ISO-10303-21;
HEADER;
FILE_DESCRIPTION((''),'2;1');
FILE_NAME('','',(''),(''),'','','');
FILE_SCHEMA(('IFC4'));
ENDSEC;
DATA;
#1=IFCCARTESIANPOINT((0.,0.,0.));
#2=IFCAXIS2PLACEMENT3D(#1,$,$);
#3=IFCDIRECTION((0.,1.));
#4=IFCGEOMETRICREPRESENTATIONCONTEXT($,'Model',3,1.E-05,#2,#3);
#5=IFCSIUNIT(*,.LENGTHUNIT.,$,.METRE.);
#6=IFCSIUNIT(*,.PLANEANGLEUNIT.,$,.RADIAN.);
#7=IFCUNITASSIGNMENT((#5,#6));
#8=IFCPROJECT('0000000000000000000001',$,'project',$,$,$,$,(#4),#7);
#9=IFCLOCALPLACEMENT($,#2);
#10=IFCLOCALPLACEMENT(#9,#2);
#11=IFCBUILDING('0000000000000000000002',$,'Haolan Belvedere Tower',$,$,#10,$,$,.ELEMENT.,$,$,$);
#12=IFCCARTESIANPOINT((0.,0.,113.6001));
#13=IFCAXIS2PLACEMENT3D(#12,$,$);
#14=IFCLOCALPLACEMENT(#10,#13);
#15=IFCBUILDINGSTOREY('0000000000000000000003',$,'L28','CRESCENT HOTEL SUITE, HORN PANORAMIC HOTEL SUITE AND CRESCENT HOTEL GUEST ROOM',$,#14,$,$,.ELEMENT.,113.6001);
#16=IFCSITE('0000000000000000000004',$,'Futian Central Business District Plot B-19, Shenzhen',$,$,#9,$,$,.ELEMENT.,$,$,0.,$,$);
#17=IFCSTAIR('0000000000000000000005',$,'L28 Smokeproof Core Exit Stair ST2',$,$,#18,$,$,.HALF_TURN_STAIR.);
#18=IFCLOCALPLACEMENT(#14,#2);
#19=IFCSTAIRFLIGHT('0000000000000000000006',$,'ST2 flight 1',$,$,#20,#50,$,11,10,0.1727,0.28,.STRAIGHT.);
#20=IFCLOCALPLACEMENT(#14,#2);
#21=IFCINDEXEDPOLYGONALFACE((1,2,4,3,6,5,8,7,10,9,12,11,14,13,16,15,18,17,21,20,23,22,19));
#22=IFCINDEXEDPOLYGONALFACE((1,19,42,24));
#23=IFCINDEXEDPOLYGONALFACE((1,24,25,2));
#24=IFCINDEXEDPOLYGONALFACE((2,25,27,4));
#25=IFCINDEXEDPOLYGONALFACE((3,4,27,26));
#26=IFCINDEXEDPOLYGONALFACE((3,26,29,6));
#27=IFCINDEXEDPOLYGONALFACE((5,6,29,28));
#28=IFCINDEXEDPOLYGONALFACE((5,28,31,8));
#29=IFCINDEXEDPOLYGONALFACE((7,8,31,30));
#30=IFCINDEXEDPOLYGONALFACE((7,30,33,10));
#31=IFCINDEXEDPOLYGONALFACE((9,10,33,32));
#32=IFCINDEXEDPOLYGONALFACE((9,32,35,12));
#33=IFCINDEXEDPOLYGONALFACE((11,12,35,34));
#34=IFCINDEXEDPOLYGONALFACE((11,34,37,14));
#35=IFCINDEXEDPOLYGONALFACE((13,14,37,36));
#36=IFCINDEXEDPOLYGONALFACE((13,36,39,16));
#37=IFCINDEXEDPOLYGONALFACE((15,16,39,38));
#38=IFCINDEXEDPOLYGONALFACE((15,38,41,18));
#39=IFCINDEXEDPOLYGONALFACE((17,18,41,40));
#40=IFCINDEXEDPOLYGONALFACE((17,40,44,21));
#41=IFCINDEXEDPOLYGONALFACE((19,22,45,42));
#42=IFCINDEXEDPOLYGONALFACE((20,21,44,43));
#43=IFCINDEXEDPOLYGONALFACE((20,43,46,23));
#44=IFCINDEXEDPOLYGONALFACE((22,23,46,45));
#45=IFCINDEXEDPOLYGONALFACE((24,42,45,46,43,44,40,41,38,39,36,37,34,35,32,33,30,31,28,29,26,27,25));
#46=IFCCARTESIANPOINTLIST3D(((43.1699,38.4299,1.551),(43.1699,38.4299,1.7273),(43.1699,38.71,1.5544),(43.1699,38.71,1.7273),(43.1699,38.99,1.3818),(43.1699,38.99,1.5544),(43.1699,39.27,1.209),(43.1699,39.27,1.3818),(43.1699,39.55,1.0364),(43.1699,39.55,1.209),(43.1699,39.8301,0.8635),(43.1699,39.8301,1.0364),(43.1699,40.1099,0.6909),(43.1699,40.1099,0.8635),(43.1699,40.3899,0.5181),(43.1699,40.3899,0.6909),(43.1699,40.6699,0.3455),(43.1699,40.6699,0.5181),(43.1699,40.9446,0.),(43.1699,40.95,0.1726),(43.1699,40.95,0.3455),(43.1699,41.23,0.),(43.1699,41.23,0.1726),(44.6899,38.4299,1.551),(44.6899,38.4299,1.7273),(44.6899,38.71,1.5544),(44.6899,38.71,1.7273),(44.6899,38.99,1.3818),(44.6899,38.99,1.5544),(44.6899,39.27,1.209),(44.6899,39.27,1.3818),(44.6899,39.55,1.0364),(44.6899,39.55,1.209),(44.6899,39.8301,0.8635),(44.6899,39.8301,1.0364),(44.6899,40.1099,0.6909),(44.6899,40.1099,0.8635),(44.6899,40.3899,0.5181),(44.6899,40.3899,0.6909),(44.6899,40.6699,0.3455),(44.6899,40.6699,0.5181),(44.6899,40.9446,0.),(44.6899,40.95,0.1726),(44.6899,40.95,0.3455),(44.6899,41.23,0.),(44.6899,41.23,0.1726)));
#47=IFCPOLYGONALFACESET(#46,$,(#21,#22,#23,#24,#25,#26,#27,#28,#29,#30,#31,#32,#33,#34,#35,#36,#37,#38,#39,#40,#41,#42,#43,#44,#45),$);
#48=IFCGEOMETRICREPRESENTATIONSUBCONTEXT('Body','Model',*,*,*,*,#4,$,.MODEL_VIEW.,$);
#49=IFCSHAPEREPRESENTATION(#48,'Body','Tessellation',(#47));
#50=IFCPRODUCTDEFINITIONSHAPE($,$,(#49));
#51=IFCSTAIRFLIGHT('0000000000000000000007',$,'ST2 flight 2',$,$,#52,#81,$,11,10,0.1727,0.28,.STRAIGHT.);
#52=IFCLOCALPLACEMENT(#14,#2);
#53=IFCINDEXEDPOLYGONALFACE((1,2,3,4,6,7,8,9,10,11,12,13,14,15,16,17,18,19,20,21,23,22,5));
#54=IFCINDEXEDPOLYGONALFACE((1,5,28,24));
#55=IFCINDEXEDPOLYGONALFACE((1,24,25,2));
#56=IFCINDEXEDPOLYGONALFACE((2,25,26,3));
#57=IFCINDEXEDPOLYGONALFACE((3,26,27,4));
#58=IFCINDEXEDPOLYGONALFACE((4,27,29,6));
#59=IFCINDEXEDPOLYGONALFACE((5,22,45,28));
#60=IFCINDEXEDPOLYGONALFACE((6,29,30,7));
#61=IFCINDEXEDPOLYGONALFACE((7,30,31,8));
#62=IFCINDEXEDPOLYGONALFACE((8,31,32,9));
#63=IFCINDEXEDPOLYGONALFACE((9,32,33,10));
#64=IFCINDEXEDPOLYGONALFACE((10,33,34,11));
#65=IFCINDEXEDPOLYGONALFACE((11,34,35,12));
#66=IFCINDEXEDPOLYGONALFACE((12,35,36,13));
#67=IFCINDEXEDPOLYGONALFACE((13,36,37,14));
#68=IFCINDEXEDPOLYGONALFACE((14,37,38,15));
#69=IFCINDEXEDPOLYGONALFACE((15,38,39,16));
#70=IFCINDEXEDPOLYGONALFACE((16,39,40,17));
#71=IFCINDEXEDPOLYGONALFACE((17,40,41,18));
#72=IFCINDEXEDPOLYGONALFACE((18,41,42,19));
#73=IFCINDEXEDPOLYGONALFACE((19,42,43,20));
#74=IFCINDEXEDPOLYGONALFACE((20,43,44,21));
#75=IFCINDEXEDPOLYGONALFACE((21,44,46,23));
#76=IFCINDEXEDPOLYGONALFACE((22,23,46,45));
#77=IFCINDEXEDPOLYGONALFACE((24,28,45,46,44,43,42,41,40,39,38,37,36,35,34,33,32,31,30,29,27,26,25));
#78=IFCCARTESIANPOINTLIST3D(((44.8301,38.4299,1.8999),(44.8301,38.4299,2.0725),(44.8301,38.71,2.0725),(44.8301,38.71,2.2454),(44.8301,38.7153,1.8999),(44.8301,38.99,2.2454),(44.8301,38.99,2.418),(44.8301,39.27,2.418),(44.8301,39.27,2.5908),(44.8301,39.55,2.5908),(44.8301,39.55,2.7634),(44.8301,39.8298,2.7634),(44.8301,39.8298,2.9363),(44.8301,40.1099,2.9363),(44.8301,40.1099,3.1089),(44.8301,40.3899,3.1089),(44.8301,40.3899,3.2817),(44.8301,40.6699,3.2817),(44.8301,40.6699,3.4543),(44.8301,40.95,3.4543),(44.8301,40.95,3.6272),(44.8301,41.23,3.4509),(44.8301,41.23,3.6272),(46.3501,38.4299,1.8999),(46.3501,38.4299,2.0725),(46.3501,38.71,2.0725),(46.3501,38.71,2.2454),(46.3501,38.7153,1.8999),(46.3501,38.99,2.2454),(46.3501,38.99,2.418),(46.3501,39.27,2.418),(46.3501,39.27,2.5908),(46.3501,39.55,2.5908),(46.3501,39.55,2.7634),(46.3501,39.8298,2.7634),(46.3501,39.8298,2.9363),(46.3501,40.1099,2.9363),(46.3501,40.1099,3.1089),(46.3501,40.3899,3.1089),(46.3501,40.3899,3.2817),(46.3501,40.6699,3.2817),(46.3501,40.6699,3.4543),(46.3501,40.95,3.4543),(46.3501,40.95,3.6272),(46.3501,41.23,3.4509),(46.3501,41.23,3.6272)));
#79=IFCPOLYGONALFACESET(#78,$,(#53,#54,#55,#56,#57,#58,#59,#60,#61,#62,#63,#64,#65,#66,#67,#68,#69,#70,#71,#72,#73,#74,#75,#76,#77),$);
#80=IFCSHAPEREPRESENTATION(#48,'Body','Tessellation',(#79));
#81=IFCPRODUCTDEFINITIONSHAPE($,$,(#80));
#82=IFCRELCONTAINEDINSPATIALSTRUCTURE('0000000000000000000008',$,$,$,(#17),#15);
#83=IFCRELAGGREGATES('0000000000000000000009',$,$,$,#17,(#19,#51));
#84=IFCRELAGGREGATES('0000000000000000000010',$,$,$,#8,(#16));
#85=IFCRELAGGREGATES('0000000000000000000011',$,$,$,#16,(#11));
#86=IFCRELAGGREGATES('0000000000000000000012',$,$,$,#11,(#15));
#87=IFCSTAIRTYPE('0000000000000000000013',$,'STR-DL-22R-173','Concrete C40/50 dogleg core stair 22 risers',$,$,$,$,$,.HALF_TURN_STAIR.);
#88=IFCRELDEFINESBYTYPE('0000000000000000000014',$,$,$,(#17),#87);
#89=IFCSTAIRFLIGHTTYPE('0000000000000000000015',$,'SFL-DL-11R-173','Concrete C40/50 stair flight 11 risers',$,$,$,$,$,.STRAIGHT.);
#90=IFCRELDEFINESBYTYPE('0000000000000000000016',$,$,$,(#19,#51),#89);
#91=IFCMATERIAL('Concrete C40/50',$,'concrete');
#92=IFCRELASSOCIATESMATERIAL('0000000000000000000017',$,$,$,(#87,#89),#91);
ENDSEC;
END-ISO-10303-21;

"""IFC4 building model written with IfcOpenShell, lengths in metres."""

from ifc_helpers import new_model, si_unit, direction, frame, origin, place, context, subcontext, project, spatial, polyline, outline, extrude, material, type_object, element, aggregate, save


model = new_model("IFC4")

# Units and contexts
model_context = context("Model", 3, precision=1e-05, world=origin(), true_north=direction((0.0, 1.0)))
body_context = subcontext(model_context, "Body", "Model", "MODEL_VIEW")
ifc_project = project(units=[si_unit("LENGTHUNIT", "METRE"), si_unit("PLANEANGLEUNIT", "RADIAN")], contexts=[model_context])

# Site, building, storey
site_placement = place(None, origin())
site = spatial("IfcSite", under=ifc_project, at=site_placement, Name="Futian Central Business District Plot B-19, Shenzhen", CompositionType="ELEMENT", RefElevation=0.0)
building_placement = place(site_placement, origin())
building = spatial("IfcBuilding", under=site, at=building_placement, Name="Haolan Belvedere Tower", CompositionType="ELEMENT")
storey_placement = place(building_placement, frame((0.0, 0.0, 113.6001)))
storey = spatial("IfcBuildingStorey", under=building, at=storey_placement, Name="L28", Description="CRESCENT HOTEL SUITE, HORN PANORAMIC HOTEL SUITE AND CRESCENT HOTEL GUEST ROOM", CompositionType="ELEMENT", Elevation=113.6001)

# Stair, stair flights
ifc_material_1 = material(Name="Concrete C40/50", Category="concrete")
stair_type = type_object("IfcStairType", Name="STR-DL-22R-173", Description="Concrete C40/50 dogleg core stair 22 risers", PredefinedType="HALF_TURN_STAIR", material=ifc_material_1)
stair_flight_type = type_object("IfcStairFlightType", Name="SFL-DL-11R-173", Description="Concrete C40/50 stair flight 11 risers", PredefinedType="STRAIGHT", material=ifc_material_1)
stair_1_placement = place(storey_placement, origin())
stair_1 = element("IfcStair", 1, at=stair_1_placement, inside=storey, type_object=stair_type, Name="L28 Smokeproof Core Exit Stair ST2", PredefinedType="HALF_TURN_STAIR")
stair_flight_1_placement = place(storey_placement, frame((43.9299, 41.23, 0.0), z_axis=(0.0, 0.0, 1.0), x_axis=(0.0, -1.0, 0.0)))
stair_flight_1 = element("IfcStairFlight", 2, at=stair_flight_1_placement, type_object=stair_flight_type, Name="ST2 flight 1", NumberOfRisers=11, NumberOfTreads=10, PredefinedType="STRAIGHT", RiserHeight=0.1727, TreadLength=0.28, context=body_context, shape_type="SweptSolid", body=[
    extrude(outline(polyline([(0.0, 0.0), (0.0, 0.1726), (0.28, 0.1726), (0.28, 0.3455), (0.5601, 0.3455), (0.5601, 0.5181), (0.8401, 0.5181), (0.8401, 0.6909), (1.1201, 0.6909), (1.1201, 0.8635), (1.3999, 0.8635), (1.3999, 1.0364), (1.6799, 1.0364), (1.6799, 1.209), (1.96, 1.209), (1.96, 1.3818), (2.24, 1.3818), (2.24, 1.5544), (2.52, 1.5544), (2.52, 1.7273), (2.8, 1.7273), (2.8, 1.8999), (2.8, 1.551), (0.2854, 0.0), (0.0, 0.0)])), frame((0.0, 0.76, 0.0), z_axis=(0.0, -1.0, 0.0), x_axis=(1.0, 0.0, 0.0)), (0.0, 0.0, 1.0), 1.52),
])
stair_flight_2_placement = place(storey_placement, frame((45.5901, 38.4299, 1.8999), z_axis=(0.0, 0.0, 1.0), x_axis=(0.0, 1.0, 0.0)))
stair_flight_2 = element("IfcStairFlight", 3, at=stair_flight_2_placement, type_object=stair_flight_type, Name="ST2 flight 2", NumberOfRisers=11, NumberOfTreads=10, PredefinedType="STRAIGHT", RiserHeight=0.1727, TreadLength=0.28, context=body_context, shape_type="SweptSolid", body=[
    extrude(outline(polyline([(0.0, 0.0), (0.0, 0.1726), (0.28, 0.1726), (0.28, 0.3455), (0.5601, 0.3455), (0.5601, 0.5181), (0.8401, 0.5181), (0.8401, 0.6909), (1.1201, 0.6909), (1.1201, 0.8635), (1.3999, 0.8635), (1.3999, 1.0364), (1.6799, 1.0364), (1.6799, 1.209), (1.96, 1.209), (1.96, 1.3818), (2.24, 1.3818), (2.24, 1.5544), (2.52, 1.5544), (2.52, 1.7273), (2.8, 1.7273), (2.8, 1.8999), (2.8, 1.551), (0.2854, 0.0), (0.0, 0.0)])), frame((0.0, 0.76, 0.0), z_axis=(0.0, -1.0, 0.0), x_axis=(1.0, 0.0, 0.0)), (0.0, 0.0, 1.0), 1.52),
])
aggregate(stair_1, [stair_flight_1, stair_flight_2])

save(model, "model.ifc")
